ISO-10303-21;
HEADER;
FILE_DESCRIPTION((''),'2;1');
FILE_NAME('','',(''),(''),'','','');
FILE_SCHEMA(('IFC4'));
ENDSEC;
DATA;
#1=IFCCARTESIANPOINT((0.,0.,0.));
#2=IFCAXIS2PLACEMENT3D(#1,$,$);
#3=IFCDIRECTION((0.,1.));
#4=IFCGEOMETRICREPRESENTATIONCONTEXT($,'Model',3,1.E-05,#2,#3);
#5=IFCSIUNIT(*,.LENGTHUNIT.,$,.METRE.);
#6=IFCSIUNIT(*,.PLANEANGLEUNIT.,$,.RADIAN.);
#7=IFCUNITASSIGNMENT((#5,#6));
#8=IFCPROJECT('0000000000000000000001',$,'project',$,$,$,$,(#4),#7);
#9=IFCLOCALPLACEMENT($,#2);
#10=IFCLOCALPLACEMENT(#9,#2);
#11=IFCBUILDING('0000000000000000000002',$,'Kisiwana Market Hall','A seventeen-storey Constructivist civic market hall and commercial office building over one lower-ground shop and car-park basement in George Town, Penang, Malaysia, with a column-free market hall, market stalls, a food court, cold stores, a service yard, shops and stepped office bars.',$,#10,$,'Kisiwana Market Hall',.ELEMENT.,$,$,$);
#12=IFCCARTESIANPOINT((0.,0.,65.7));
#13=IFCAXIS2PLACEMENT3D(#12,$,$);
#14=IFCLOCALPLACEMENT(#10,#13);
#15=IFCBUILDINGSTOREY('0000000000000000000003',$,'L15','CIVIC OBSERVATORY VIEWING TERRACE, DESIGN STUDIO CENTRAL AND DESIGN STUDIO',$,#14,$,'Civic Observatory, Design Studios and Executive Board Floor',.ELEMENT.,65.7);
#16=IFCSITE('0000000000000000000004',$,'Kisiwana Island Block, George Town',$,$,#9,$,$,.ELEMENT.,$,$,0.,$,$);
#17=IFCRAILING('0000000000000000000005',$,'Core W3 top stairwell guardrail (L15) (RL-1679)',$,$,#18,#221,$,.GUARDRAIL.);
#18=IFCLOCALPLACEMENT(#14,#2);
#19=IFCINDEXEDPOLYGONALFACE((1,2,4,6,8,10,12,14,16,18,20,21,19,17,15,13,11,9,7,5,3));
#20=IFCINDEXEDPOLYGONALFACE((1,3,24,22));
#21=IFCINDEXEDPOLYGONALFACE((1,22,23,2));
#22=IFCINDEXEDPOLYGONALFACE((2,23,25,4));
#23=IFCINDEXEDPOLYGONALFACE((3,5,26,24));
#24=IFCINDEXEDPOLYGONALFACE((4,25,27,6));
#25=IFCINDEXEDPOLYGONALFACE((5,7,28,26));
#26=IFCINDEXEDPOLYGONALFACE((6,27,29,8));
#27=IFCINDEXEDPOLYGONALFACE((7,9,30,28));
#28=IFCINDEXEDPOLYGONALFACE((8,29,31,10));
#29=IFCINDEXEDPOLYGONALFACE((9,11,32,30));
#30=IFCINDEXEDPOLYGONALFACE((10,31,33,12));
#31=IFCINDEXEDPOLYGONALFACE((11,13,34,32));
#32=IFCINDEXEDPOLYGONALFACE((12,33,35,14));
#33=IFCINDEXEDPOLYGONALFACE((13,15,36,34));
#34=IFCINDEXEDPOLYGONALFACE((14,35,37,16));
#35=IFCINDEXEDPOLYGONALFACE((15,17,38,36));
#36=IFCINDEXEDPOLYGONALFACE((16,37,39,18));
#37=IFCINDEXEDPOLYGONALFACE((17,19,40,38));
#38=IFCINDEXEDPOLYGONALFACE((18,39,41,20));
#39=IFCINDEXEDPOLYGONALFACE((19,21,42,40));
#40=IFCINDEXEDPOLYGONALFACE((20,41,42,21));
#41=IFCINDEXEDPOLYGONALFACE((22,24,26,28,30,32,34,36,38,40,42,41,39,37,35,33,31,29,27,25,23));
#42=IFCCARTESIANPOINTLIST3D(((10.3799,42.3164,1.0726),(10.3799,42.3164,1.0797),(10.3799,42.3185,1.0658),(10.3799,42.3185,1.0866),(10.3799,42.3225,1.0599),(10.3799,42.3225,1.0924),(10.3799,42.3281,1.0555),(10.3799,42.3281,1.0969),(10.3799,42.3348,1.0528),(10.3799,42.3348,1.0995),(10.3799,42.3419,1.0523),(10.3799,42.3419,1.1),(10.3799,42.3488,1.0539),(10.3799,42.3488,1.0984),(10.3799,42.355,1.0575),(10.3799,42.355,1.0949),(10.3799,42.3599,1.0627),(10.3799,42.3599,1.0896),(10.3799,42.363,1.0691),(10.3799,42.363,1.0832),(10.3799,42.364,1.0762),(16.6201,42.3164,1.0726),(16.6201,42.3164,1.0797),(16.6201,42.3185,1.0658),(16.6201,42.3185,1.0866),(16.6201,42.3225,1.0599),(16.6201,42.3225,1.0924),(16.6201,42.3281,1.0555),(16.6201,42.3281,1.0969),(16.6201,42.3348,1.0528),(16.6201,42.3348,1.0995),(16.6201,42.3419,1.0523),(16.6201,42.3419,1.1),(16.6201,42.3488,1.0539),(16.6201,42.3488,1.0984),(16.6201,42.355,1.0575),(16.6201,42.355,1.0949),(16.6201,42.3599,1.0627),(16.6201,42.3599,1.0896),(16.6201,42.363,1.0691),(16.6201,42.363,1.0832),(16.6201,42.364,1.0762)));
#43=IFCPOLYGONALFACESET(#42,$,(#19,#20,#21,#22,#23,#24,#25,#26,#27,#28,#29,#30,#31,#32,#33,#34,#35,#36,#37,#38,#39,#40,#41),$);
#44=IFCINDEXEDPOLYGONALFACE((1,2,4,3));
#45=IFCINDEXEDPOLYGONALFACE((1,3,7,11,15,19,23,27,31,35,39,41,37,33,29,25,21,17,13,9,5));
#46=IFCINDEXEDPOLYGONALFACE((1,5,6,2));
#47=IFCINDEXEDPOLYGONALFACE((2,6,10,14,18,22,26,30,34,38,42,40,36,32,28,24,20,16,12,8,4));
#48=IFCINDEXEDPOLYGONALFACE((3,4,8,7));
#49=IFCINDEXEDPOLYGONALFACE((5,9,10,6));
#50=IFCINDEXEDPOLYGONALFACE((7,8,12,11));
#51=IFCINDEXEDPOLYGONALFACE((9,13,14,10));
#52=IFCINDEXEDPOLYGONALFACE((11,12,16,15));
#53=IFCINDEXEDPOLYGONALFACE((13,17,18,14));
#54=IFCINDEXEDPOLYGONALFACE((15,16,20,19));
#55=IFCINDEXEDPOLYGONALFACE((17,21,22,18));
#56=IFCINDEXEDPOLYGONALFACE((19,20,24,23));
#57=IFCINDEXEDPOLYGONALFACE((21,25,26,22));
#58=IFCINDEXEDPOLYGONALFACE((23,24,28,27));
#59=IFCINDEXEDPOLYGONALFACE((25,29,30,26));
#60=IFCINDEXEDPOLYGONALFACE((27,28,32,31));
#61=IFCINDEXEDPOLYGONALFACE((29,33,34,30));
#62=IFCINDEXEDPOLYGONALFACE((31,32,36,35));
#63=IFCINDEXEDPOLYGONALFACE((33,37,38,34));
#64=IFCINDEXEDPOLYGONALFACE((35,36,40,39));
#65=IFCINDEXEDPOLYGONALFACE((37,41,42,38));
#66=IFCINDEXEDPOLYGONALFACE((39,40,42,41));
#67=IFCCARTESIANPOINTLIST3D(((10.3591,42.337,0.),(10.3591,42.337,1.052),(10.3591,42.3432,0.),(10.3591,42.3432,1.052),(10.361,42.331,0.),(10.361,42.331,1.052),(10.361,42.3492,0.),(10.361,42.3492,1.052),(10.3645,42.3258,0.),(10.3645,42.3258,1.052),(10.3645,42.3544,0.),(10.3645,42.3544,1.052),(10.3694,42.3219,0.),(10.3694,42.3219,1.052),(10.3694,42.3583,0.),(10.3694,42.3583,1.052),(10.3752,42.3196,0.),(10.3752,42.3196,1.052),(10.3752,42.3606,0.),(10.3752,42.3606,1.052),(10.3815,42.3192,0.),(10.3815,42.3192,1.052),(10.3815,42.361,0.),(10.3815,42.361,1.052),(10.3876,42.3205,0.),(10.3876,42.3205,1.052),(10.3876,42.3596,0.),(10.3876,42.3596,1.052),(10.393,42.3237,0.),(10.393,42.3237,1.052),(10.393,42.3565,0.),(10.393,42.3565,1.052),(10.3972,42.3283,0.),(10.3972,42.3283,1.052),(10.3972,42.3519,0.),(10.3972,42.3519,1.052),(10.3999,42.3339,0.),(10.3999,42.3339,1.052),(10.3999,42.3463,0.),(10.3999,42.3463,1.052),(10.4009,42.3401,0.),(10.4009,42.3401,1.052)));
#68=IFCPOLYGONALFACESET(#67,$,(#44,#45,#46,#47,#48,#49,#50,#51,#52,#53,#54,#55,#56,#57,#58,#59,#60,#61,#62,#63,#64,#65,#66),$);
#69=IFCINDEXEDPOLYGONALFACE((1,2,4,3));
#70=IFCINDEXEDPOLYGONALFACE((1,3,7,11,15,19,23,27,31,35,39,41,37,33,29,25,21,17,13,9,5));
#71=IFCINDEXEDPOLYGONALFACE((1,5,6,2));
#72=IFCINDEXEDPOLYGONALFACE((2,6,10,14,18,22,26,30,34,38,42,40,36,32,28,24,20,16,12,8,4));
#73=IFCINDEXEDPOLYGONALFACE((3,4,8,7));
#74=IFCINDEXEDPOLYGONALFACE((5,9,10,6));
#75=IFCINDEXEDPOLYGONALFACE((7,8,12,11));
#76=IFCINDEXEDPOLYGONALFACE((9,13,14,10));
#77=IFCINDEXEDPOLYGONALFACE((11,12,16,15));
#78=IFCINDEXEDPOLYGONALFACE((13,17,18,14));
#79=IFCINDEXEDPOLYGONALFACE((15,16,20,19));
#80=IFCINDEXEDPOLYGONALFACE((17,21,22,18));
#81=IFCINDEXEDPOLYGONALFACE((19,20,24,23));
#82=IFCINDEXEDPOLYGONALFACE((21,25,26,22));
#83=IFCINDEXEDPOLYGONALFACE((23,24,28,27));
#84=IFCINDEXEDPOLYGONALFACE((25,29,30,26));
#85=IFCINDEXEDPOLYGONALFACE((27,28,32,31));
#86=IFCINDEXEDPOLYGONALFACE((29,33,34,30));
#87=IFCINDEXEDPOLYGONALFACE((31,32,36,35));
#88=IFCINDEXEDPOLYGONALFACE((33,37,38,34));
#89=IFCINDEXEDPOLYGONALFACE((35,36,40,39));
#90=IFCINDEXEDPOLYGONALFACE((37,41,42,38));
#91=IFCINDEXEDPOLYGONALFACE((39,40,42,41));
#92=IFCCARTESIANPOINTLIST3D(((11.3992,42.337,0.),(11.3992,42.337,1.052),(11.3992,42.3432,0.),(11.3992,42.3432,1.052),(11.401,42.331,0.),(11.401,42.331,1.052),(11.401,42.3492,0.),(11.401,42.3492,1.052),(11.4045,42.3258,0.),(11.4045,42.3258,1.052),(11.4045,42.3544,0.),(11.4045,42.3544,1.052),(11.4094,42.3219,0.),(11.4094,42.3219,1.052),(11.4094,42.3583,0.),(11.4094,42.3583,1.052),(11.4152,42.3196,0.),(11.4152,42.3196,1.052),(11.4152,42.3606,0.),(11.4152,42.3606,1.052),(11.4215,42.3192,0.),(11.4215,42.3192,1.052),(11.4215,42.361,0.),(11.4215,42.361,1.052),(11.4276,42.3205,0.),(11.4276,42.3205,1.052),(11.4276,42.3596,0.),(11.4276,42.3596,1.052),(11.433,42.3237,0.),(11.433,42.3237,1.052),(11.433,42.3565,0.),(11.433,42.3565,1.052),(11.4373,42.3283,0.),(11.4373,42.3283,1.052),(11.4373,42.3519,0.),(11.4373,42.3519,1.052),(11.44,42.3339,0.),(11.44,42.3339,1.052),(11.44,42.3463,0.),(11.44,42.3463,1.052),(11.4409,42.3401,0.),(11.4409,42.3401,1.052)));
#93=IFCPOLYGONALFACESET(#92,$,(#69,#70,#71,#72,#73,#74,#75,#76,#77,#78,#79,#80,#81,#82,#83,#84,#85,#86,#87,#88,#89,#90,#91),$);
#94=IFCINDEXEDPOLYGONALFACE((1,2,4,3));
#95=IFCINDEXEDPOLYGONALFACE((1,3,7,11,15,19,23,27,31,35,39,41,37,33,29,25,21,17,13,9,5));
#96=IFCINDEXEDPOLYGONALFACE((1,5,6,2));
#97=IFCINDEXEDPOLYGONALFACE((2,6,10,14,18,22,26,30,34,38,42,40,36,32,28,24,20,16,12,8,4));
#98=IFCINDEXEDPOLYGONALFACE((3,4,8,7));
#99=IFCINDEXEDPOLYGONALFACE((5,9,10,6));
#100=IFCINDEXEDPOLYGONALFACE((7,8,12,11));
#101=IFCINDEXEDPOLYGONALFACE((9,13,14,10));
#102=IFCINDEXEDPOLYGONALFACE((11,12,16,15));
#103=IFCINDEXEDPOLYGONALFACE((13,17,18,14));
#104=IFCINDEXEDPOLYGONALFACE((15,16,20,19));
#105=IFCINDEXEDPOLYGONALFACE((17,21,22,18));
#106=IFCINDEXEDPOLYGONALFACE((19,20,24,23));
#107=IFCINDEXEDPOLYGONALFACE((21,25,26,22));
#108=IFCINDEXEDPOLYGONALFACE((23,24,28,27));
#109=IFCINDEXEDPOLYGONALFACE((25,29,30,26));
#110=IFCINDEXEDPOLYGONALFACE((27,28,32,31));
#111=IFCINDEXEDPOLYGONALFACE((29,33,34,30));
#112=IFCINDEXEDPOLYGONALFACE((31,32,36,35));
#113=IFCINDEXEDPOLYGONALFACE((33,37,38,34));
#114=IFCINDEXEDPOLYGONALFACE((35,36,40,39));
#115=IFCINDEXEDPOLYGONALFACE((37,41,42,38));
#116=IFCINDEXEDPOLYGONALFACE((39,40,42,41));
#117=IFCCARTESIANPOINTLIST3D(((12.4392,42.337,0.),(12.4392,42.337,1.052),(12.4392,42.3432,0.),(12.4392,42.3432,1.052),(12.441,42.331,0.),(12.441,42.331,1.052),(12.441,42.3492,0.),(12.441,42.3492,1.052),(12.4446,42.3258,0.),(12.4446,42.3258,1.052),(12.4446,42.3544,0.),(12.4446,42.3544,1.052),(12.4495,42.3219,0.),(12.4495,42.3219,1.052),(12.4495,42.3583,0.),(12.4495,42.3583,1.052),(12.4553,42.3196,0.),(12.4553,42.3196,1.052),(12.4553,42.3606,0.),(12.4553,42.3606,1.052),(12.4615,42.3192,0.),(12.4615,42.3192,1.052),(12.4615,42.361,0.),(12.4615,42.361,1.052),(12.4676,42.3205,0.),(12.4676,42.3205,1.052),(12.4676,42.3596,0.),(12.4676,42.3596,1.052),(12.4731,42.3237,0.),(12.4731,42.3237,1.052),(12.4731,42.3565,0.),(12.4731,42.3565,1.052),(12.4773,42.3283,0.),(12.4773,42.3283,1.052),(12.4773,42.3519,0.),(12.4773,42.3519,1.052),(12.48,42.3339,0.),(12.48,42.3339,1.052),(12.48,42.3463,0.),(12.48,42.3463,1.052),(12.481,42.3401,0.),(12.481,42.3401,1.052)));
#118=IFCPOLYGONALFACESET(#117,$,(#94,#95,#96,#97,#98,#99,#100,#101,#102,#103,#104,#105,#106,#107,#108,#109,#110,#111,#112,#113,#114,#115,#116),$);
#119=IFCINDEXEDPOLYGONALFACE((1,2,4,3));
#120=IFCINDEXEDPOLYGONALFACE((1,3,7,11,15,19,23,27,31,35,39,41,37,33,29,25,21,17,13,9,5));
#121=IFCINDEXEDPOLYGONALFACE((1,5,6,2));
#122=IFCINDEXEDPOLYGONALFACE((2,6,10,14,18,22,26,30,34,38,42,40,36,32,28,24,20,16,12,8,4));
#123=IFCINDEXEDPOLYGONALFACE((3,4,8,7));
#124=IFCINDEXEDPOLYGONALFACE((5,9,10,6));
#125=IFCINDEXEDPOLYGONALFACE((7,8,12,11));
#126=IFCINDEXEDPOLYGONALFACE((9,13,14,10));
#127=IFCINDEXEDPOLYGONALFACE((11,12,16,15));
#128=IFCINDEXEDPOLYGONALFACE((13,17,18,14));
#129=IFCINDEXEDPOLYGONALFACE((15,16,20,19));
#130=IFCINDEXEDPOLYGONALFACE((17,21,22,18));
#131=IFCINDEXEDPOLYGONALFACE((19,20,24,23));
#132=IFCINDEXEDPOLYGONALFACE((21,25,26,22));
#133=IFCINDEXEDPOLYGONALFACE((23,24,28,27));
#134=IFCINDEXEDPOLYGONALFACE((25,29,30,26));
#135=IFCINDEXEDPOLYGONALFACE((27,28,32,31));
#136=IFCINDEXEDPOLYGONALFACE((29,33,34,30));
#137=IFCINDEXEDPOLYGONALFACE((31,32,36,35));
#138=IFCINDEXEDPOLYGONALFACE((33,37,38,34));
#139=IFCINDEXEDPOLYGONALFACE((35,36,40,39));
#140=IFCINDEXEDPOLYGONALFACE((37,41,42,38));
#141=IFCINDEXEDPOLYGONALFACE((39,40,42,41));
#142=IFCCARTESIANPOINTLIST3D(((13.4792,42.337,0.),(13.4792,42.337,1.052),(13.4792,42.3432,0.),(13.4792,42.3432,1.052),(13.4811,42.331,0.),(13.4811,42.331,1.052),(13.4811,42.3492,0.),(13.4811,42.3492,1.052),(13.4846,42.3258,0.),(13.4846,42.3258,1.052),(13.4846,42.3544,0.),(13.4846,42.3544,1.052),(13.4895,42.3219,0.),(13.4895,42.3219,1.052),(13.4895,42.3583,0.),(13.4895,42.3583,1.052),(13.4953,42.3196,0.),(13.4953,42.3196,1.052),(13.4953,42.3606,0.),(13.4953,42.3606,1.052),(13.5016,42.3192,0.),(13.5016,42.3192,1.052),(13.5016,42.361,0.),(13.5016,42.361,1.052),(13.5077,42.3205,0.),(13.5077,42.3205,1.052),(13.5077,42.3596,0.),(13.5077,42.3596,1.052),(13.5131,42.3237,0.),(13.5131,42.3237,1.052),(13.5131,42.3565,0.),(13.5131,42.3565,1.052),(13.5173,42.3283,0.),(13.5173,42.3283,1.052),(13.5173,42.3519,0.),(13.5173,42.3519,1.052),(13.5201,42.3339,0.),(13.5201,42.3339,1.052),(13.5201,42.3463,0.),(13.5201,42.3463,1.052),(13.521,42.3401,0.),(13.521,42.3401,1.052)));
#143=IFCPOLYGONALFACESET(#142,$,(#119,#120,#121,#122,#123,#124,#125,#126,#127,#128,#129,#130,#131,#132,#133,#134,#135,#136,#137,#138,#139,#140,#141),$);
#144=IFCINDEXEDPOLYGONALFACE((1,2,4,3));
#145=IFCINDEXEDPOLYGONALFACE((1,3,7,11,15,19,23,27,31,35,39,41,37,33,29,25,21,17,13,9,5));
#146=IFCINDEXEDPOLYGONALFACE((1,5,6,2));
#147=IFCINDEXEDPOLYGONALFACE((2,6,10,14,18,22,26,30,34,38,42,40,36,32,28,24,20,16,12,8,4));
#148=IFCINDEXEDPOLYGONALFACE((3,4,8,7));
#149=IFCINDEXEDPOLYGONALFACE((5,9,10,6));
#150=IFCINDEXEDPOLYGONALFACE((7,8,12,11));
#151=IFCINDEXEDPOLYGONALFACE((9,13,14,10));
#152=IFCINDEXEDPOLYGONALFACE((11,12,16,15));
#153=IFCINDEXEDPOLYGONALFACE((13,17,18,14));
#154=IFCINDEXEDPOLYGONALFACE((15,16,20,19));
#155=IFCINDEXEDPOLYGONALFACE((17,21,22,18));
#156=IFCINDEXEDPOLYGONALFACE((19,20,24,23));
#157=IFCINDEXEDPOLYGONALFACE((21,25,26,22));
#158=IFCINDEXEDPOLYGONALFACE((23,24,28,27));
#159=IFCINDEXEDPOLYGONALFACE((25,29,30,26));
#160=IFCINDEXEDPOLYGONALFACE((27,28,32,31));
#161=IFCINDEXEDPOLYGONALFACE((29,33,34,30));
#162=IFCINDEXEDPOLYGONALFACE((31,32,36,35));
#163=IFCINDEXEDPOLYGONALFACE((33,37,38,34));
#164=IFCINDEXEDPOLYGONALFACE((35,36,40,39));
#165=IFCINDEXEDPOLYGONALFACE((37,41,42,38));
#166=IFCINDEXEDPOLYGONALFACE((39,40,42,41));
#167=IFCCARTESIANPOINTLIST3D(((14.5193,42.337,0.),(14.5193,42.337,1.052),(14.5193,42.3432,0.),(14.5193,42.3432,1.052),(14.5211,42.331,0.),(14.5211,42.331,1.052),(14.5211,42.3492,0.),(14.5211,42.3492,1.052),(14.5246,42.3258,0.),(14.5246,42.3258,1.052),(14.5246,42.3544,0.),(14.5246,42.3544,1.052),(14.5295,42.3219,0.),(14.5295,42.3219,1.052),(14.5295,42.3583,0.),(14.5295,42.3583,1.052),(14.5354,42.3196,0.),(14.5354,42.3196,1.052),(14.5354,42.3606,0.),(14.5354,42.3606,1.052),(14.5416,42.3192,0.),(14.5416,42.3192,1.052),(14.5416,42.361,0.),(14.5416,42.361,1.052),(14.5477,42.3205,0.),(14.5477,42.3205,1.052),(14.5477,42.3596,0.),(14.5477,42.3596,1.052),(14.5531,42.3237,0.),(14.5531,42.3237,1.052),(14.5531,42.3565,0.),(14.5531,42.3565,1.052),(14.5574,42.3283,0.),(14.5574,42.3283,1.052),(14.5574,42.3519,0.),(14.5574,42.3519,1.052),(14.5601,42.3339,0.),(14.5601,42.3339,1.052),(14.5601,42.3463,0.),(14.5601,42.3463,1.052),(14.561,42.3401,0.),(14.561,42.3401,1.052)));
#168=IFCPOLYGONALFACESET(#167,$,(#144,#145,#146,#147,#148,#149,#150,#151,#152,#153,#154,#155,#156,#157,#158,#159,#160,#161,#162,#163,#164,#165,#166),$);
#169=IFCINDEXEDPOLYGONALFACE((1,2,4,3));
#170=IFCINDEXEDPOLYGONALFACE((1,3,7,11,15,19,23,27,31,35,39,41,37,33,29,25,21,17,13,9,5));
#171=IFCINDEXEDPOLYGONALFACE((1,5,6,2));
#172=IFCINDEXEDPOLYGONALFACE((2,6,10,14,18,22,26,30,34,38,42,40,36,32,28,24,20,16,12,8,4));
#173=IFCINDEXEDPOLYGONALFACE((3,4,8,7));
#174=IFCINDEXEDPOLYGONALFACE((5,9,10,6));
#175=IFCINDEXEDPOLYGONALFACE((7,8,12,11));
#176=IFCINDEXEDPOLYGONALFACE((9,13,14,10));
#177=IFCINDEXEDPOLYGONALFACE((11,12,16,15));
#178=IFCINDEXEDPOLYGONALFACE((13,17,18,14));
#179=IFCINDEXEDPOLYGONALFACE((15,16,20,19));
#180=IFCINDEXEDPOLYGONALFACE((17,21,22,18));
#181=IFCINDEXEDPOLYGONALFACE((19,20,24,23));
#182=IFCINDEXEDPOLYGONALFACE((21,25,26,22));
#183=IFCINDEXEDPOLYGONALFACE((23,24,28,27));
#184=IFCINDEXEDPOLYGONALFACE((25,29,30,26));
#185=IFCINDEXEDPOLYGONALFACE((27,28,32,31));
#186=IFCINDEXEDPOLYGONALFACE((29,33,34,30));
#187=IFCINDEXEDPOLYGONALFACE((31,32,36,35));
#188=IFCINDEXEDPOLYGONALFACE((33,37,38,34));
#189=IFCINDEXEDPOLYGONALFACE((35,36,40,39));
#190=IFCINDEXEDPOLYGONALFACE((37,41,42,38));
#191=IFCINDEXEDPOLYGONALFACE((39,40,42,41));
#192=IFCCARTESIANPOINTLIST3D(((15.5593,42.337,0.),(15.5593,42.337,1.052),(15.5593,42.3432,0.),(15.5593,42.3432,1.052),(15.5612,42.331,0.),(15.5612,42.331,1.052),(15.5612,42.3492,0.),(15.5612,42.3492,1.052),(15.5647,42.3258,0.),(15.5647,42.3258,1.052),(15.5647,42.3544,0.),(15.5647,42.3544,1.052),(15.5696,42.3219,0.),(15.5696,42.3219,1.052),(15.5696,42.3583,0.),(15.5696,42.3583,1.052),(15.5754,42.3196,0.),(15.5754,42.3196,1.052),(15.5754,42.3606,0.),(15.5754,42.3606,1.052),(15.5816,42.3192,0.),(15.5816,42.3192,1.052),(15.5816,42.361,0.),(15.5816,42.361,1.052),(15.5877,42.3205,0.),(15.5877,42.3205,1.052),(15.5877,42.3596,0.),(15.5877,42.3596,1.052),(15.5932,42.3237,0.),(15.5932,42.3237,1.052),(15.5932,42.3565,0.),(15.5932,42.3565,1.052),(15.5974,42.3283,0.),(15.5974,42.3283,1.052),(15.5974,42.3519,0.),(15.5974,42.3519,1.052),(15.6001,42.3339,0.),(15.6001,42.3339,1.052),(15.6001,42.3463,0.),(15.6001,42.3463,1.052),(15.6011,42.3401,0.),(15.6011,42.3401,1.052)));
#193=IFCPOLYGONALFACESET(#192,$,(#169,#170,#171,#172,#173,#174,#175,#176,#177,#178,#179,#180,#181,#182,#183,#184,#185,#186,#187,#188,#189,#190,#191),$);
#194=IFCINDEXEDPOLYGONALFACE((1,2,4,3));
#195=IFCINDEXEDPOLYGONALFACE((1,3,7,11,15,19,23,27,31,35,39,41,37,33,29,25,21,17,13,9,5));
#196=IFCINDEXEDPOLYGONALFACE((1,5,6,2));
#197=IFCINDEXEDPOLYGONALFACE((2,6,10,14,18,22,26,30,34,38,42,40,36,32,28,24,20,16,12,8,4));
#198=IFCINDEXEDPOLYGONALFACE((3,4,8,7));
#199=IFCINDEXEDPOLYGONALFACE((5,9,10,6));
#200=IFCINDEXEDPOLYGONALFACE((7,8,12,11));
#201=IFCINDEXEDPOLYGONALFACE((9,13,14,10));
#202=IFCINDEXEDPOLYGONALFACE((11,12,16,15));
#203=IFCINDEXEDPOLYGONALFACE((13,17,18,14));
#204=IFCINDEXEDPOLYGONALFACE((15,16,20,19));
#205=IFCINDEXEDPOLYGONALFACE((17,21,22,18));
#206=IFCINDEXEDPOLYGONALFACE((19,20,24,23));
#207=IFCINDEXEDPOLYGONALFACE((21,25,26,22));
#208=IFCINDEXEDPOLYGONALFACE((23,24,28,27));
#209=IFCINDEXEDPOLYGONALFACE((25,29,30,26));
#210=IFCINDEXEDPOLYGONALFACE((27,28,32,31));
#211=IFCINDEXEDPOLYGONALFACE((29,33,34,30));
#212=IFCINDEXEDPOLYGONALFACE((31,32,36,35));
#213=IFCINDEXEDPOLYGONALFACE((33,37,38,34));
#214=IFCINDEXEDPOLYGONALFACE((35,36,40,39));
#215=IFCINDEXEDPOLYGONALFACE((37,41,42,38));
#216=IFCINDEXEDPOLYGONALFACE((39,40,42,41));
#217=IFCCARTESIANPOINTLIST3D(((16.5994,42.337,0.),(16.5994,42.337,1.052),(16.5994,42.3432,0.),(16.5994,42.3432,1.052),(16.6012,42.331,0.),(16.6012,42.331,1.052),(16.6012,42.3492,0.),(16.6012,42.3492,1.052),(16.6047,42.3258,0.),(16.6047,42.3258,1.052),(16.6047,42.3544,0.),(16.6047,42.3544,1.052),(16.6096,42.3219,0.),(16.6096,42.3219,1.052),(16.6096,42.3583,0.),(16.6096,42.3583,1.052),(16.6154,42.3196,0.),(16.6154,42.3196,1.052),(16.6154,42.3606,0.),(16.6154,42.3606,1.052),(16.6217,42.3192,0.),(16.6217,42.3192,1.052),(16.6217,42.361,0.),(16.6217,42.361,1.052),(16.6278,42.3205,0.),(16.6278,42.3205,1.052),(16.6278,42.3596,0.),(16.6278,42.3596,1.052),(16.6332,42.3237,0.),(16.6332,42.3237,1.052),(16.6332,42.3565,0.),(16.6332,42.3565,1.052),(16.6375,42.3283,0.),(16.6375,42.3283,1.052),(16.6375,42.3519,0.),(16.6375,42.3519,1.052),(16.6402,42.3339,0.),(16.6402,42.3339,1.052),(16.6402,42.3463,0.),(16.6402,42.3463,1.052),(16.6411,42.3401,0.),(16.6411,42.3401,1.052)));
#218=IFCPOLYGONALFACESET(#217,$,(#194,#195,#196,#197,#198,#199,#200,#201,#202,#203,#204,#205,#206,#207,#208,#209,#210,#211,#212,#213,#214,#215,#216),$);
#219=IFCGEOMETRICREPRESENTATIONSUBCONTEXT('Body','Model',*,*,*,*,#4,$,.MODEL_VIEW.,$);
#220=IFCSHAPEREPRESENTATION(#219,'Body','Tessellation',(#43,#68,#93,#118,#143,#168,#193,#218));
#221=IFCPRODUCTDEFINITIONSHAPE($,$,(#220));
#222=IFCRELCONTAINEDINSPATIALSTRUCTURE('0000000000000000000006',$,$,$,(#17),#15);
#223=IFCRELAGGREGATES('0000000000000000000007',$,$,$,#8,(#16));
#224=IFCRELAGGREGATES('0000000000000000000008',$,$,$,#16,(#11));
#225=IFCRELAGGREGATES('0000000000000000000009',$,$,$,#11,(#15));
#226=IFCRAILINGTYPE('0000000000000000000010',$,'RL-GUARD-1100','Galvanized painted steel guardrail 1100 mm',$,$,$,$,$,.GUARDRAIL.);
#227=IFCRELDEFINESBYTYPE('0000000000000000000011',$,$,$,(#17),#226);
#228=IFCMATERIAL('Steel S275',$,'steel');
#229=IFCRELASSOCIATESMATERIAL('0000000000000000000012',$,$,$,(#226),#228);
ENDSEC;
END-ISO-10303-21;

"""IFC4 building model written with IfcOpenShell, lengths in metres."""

from ifc_helpers import new_model, si_unit, direction, frame, origin, origin_2d, place, context, subcontext, project, spatial, circle, extrude, material, type_object, element, save


model = new_model("IFC4")

# Units and contexts
model_context = context("Model", 3, precision=1e-05, world=origin(), true_north=direction((0.0, 1.0)))
body_context = subcontext(model_context, "Body", "Model", "MODEL_VIEW")
ifc_project = project(units=[si_unit("LENGTHUNIT", "METRE"), si_unit("PLANEANGLEUNIT", "RADIAN")], contexts=[model_context])

# Site, building, storey
site_placement = place(None, origin())
site = spatial("IfcSite", under=ifc_project, at=site_placement, Name="Kisiwana Island Block, George Town", CompositionType="ELEMENT", RefElevation=0.0)
building_placement = place(site_placement, origin())
building = spatial("IfcBuilding", under=site, at=building_placement, Name="Kisiwana Market Hall", Description="A seventeen-storey Constructivist civic market hall and commercial office building over one lower-ground shop and car-park basement in George Town, Penang, Malaysia, with a column-free market hall, market stalls, a food court, cold stores, a service yard, shops and stepped office bars.", LongName="Kisiwana Market Hall", CompositionType="ELEMENT")
storey_placement = place(building_placement, frame((0.0, 0.0, 65.7)))
storey = spatial("IfcBuildingStorey", under=building, at=storey_placement, Name="L15", Description="CIVIC OBSERVATORY VIEWING TERRACE, DESIGN STUDIO CENTRAL AND DESIGN STUDIO", LongName="Civic Observatory, Design Studios and Executive Board Floor", CompositionType="ELEMENT", Elevation=65.7)

# Railing
ifc_material_1 = material(Name="Steel S275", Category="steel")
railing_type = type_object("IfcRailingType", Name="RL-GUARD-1100", Description="Galvanized painted steel guardrail 1100 mm", PredefinedType="GUARDRAIL", material=ifc_material_1)
railing_1_placement = place(storey_placement, frame((10.3799, 42.3401, 0.0)))
element("IfcRailing", 1, at=railing_1_placement, inside=storey, type_object=railing_type, Name="Core W3 top stairwell guardrail (L15) (RL-1679)", PredefinedType="GUARDRAIL", context=body_context, shape_type="SweptSolid", body=[
    extrude(circle(Radius=0.0239, at=origin_2d()), frame((0.0, 0.0, 1.0762), z_axis=(1.0, 0.0, 0.0), x_axis=(0.0, 1.0, 0.0)), (0.0, 0.0, 1.0), 6.2402),
    extrude(circle(Radius=0.021, at=origin_2d()), origin(), (0.0, 0.0, 1.0), 1.052),
    extrude(circle(Radius=0.021, at=origin_2d()), frame((1.04, 0.0, 0.0)), (0.0, 0.0, 1.0), 1.052),
    extrude(circle(Radius=0.021, at=origin_2d()), frame((2.0801, 0.0, 0.0)), (0.0, 0.0, 1.0), 1.052),
    extrude(circle(Radius=0.021, at=origin_2d()), frame((3.1201, 0.0, 0.0)), (0.0, 0.0, 1.0), 1.052),
    extrude(circle(Radius=0.021, at=origin_2d()), frame((4.1602, 0.0, 0.0)), (0.0, 0.0, 1.0), 1.052),
    extrude(circle(Radius=0.021, at=origin_2d()), frame((5.2002, 0.0, 0.0)), (0.0, 0.0, 1.0), 1.052),
    extrude(circle(Radius=0.021, at=origin_2d()), frame((6.2402, 0.0, 0.0)), (0.0, 0.0, 1.0), 1.052),
])

save(model, "model.ifc")
